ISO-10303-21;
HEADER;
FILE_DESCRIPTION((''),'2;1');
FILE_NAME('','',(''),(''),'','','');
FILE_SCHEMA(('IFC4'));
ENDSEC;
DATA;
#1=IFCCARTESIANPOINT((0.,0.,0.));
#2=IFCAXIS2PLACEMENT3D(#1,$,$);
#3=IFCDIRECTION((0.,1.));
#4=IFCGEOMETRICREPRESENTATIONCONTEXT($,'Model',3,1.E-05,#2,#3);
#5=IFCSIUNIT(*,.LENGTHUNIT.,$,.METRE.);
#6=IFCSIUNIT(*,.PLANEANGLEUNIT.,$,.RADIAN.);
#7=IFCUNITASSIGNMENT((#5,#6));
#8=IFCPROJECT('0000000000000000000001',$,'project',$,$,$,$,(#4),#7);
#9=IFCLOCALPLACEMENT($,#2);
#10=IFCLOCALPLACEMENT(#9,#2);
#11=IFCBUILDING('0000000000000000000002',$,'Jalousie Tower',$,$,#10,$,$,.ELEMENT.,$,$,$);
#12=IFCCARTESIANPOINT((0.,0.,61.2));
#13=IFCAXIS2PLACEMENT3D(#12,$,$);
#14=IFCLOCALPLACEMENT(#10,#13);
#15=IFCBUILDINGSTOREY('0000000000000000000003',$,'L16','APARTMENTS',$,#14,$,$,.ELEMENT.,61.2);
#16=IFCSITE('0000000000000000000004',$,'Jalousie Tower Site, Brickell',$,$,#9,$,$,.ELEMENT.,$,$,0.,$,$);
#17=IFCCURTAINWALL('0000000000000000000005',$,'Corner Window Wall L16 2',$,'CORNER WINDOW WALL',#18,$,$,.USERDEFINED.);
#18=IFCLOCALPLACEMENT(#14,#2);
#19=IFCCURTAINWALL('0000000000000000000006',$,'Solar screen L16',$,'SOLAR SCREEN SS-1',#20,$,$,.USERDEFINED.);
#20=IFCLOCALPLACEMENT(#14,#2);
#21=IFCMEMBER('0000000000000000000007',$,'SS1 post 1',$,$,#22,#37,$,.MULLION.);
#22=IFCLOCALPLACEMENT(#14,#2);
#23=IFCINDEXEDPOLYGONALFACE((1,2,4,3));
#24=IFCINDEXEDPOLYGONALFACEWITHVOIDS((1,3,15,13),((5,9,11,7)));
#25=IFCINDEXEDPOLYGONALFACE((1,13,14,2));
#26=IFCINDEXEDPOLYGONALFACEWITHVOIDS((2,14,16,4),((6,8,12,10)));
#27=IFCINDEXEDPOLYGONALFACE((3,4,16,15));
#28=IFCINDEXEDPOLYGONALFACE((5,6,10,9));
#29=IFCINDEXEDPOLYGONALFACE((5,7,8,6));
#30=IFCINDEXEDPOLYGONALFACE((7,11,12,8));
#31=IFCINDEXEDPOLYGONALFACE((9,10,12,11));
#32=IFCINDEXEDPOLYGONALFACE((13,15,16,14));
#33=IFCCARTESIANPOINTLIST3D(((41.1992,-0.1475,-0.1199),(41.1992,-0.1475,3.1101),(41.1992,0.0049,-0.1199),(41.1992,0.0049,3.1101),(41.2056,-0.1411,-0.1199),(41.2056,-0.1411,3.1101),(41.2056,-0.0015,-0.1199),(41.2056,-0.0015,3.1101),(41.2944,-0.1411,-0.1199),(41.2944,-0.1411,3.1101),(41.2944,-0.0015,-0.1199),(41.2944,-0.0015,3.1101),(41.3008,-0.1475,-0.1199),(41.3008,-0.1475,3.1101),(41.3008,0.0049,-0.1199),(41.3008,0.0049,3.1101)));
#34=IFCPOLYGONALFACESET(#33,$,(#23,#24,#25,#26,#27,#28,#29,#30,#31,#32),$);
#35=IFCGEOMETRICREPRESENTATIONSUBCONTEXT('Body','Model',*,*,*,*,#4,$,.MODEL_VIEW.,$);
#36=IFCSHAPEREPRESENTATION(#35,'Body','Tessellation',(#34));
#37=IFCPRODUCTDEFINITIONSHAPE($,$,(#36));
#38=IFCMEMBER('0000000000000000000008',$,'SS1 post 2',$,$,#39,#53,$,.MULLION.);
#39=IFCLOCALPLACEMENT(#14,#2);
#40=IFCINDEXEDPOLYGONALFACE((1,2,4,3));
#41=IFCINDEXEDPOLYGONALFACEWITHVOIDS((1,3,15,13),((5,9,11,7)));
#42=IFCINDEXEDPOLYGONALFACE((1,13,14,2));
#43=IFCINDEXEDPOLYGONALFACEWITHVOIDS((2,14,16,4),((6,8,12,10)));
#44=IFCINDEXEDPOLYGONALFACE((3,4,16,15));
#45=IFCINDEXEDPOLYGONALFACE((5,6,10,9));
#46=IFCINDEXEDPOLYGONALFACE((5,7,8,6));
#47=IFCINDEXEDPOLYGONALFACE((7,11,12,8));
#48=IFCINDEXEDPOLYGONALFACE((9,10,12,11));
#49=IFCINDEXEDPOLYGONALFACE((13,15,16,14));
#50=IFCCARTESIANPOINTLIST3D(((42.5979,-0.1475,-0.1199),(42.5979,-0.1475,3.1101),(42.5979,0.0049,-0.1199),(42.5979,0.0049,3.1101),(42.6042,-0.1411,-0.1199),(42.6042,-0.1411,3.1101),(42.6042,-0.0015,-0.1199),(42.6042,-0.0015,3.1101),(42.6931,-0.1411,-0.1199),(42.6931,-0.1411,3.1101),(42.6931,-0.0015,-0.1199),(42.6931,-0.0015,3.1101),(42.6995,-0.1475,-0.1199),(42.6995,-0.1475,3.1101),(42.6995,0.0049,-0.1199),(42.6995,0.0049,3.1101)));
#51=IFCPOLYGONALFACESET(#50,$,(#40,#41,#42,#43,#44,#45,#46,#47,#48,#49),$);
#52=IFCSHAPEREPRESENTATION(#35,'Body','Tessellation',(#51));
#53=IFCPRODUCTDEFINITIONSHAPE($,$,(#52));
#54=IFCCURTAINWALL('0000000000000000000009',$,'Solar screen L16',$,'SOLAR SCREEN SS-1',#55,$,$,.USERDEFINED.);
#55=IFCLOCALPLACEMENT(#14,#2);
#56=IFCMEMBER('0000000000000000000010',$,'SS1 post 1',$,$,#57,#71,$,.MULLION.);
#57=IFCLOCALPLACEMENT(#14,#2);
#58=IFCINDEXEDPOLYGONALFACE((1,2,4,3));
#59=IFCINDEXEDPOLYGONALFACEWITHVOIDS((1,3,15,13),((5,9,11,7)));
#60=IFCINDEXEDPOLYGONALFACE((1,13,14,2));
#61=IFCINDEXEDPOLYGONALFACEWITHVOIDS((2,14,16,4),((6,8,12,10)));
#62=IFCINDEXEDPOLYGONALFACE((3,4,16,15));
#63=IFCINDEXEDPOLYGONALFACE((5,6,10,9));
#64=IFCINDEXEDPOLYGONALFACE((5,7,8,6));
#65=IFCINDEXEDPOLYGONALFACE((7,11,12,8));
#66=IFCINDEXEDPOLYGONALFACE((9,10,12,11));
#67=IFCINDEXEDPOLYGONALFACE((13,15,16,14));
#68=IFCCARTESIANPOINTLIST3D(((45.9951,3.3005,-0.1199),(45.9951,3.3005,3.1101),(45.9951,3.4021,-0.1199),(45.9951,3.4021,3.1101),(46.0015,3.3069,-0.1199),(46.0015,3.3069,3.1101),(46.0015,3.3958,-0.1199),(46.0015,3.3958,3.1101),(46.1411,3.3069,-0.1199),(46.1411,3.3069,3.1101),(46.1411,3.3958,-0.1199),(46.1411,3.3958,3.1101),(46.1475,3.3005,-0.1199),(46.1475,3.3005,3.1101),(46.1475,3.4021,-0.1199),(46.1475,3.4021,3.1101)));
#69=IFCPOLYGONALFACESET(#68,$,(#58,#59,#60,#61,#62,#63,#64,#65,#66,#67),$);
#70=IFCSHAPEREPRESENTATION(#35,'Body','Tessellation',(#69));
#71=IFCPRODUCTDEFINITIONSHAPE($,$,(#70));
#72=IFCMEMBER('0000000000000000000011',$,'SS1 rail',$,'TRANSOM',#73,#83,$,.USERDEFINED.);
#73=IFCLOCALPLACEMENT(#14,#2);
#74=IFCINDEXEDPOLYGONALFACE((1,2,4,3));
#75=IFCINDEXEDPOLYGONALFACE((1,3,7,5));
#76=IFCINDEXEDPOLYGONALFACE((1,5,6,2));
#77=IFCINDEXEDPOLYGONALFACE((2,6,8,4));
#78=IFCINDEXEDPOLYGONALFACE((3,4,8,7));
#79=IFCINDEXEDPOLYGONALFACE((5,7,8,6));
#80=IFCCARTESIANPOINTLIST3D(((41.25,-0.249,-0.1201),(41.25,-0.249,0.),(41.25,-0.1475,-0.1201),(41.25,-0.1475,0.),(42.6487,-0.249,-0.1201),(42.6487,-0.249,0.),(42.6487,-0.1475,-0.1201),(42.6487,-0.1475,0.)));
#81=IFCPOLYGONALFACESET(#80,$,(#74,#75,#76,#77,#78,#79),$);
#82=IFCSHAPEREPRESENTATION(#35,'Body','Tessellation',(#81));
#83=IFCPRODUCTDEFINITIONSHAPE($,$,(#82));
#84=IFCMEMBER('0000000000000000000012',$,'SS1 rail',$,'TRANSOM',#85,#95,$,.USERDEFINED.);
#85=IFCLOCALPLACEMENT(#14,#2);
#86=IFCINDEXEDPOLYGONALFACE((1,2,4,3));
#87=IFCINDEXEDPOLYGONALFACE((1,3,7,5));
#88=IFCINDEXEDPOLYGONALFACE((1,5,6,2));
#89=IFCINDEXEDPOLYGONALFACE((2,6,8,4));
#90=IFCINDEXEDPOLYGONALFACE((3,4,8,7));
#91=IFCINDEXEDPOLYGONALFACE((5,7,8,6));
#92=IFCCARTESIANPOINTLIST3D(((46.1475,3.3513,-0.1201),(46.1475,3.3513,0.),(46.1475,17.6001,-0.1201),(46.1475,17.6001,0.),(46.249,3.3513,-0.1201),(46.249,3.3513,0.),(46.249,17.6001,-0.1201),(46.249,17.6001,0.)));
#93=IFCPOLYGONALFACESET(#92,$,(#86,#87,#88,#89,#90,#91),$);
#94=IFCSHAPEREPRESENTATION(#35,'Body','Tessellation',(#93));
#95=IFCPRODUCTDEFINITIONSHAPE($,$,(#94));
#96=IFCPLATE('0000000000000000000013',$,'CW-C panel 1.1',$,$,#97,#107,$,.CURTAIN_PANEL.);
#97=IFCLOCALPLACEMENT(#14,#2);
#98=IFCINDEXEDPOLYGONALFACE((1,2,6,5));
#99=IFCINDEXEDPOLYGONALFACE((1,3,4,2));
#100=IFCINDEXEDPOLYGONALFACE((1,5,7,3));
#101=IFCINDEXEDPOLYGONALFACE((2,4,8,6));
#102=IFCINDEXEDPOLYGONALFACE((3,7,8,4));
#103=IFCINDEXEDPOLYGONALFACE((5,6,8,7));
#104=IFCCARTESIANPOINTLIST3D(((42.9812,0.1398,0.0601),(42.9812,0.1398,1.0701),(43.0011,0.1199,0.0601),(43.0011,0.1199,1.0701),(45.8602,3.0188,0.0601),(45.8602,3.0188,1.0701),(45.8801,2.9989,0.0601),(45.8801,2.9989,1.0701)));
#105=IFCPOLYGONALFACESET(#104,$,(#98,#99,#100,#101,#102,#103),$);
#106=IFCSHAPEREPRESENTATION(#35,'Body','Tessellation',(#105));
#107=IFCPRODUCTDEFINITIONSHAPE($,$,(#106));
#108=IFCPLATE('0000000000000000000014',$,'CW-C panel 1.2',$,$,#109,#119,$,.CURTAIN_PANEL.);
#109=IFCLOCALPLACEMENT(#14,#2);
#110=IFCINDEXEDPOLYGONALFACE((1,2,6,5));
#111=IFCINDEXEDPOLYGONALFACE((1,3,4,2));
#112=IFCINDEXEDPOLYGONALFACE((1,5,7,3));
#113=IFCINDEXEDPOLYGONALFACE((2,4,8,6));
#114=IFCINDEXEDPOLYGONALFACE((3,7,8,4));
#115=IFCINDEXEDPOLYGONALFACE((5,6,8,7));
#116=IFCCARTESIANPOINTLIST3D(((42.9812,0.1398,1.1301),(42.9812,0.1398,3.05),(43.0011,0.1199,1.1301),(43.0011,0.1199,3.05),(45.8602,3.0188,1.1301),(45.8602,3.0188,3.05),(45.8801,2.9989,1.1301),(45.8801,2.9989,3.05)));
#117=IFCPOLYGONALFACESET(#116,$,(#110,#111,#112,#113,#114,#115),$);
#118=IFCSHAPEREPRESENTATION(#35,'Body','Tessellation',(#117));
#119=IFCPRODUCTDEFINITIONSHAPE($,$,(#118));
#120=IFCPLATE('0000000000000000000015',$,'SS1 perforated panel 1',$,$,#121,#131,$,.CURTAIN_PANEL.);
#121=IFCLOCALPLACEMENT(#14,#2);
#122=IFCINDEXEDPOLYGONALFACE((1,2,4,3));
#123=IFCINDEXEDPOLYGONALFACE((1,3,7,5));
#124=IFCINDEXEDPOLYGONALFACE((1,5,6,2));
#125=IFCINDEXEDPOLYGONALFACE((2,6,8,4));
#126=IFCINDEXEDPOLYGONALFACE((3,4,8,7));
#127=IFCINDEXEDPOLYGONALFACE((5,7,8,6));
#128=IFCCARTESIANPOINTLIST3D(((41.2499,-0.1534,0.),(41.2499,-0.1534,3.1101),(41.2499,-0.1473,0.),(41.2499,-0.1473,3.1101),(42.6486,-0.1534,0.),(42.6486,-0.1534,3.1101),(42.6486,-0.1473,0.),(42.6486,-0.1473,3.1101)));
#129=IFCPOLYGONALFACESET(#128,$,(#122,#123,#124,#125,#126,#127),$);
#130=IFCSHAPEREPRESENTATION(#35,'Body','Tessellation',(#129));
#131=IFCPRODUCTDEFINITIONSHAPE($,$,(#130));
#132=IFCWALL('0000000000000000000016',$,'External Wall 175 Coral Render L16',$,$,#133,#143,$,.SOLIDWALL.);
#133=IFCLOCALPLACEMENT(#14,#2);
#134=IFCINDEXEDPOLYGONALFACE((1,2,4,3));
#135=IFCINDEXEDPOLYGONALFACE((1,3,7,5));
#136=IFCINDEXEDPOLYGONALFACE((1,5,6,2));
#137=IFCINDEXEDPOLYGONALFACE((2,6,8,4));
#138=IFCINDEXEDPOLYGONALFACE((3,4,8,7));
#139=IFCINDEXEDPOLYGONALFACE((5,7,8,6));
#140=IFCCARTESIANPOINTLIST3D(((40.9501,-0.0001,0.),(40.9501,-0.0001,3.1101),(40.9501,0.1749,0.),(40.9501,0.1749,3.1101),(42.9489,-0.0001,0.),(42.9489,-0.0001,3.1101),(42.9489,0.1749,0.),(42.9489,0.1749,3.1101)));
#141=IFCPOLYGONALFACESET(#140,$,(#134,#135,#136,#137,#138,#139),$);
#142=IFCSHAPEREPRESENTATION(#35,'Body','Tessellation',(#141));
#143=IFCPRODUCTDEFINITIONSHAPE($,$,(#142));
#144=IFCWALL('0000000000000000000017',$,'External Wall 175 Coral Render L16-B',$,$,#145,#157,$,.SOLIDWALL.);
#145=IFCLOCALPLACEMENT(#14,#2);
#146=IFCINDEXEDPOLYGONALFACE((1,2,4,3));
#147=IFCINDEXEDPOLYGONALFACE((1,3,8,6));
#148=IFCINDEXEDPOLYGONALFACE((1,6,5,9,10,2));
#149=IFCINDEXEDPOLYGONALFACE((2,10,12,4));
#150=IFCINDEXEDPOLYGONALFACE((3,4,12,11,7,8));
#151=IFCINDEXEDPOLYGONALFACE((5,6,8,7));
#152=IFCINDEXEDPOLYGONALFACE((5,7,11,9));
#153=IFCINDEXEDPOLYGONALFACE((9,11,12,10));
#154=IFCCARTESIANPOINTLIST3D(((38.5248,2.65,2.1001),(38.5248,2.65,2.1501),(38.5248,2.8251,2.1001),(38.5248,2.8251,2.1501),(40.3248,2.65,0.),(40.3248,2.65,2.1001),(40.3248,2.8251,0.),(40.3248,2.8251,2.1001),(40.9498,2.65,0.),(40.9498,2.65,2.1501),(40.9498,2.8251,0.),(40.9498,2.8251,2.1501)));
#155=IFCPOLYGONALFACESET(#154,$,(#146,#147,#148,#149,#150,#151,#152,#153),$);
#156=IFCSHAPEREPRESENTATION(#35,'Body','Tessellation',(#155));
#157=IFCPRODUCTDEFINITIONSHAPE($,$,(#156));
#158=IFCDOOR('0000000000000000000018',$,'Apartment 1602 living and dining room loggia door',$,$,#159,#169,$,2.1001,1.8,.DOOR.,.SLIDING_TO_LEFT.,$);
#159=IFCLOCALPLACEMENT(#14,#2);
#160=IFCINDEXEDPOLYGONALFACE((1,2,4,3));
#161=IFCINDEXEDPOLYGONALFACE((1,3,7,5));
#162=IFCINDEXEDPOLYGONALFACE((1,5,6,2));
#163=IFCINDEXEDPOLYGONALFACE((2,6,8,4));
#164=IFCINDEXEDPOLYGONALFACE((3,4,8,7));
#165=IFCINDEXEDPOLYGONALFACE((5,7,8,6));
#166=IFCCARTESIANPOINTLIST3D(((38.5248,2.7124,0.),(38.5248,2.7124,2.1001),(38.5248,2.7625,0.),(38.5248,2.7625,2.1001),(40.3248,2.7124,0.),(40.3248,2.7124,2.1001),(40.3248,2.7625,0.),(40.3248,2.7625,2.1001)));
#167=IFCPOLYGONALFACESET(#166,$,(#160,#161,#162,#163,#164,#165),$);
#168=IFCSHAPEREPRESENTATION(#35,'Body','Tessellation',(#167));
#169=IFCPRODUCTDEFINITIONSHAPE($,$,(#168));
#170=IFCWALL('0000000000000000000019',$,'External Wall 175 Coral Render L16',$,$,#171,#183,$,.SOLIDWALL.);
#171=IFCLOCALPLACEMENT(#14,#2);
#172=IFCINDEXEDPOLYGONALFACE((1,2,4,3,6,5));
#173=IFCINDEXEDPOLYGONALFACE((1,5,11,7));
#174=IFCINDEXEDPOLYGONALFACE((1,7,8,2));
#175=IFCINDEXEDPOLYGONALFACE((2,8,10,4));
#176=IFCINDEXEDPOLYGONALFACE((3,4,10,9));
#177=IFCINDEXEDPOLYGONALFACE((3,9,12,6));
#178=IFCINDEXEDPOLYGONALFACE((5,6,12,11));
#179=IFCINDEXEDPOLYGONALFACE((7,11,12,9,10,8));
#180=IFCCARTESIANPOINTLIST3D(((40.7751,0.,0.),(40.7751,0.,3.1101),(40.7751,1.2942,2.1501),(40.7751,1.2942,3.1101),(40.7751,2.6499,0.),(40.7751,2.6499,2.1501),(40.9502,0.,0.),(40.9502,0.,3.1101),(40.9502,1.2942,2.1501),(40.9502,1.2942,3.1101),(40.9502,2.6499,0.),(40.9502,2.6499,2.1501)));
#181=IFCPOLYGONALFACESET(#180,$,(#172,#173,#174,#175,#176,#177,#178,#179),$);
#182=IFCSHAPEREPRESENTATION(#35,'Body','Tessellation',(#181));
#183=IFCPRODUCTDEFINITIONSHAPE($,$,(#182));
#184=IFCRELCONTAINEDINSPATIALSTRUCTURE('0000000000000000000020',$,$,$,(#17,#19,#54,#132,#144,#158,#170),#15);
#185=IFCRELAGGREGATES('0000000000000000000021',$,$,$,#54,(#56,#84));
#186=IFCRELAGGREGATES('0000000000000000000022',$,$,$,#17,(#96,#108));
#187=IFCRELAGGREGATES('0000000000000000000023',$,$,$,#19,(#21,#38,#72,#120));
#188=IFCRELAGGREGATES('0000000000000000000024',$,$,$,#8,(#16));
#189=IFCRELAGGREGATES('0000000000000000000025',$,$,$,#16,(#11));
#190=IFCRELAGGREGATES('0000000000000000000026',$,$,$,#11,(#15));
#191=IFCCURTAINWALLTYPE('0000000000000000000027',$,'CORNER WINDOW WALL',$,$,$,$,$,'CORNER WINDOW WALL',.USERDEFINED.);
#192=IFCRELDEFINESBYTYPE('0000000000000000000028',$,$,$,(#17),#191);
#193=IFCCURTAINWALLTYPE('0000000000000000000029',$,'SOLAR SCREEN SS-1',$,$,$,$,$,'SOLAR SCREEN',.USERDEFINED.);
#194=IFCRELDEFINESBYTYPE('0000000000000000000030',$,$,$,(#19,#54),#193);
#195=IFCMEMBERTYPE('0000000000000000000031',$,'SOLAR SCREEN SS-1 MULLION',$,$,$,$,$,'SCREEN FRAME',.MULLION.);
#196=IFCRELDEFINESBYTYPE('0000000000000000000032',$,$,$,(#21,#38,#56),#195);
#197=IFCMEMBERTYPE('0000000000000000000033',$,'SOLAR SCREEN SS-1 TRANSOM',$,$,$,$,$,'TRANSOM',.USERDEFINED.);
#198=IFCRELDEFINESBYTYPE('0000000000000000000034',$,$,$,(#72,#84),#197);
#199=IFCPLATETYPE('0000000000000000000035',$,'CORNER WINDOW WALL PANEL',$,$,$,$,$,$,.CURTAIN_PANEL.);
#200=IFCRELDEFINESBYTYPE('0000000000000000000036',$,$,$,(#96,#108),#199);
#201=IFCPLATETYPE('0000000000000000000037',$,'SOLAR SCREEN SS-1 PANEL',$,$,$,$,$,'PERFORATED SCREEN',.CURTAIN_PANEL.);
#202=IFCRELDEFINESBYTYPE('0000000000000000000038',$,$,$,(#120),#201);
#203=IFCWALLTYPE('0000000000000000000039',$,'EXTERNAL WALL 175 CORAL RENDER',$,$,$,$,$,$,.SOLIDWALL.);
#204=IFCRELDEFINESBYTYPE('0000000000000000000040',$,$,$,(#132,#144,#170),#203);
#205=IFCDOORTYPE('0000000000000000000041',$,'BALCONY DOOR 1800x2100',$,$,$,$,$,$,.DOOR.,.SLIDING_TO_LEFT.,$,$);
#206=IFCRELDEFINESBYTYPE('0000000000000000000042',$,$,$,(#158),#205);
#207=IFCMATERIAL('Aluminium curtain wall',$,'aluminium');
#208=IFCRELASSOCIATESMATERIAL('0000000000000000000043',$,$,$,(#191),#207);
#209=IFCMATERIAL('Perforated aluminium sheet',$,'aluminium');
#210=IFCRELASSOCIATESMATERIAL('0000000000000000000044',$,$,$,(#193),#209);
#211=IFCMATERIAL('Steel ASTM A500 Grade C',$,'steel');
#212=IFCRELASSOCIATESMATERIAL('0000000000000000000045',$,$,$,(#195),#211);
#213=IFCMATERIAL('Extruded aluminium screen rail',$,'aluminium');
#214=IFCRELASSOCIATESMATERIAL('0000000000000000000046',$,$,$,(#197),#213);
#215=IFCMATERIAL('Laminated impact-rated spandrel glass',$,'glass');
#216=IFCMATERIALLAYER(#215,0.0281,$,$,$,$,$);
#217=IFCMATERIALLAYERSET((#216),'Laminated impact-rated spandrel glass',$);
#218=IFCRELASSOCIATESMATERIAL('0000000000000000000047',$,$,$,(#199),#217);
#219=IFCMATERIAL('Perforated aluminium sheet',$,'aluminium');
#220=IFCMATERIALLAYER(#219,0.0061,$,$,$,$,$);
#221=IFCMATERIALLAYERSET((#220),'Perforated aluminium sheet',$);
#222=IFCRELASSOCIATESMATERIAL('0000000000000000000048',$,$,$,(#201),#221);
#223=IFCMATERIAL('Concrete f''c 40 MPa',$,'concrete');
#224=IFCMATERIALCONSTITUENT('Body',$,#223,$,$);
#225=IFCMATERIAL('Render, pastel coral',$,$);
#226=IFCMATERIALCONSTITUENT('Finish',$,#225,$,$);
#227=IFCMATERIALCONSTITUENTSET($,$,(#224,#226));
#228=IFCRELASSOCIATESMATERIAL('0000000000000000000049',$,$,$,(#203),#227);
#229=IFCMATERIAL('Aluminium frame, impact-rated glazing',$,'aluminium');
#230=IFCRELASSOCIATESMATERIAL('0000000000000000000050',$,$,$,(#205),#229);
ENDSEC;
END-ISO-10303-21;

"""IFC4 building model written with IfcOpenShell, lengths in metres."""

from ifc_helpers import new_model, si_unit, direction, frame, frame_2d, origin, origin_2d, place, context, subcontext, project, spatial, polyline, rectangle, hollow_rectangle, outline, extrude, material, layer, layer_set, constituent, constituent_set, material_profile, profile_set, type_object, element, fill, aggregate, save


model = new_model("IFC4")

# Units and contexts
model_context = context("Model", 3, precision=1e-05, world=origin(), true_north=direction((0.0, 1.0)))
body_context = subcontext(model_context, "Body", "Model", "MODEL_VIEW")
ifc_project = project(units=[si_unit("LENGTHUNIT", "METRE"), si_unit("PLANEANGLEUNIT", "RADIAN")], contexts=[model_context])

# Site, building, storey
site_placement = place(None, origin())
site = spatial("IfcSite", under=ifc_project, at=site_placement, Name="Jalousie Tower Site, Brickell", CompositionType="ELEMENT", RefElevation=0.0)
building_placement = place(site_placement, origin())
building = spatial("IfcBuilding", under=site, at=building_placement, Name="Jalousie Tower", CompositionType="ELEMENT")
storey_placement = place(building_placement, frame((0.0, 0.0, 61.2)))
storey = spatial("IfcBuildingStorey", under=building, at=storey_placement, Name="L16", Description="APARTMENTS", CompositionType="ELEMENT", Elevation=61.2)

# Curtain wall
ifc_material_1 = material(Name="Aluminium curtain wall", Category="aluminium")
curtain_wall_type_1 = type_object("IfcCurtainWallType", Name="CORNER WINDOW WALL", ElementType="CORNER WINDOW WALL", PredefinedType="USERDEFINED", material=ifc_material_1)
curtain_wall_1_placement = place(storey_placement, origin())
curtain_wall_1 = element("IfcCurtainWall", 1, at=curtain_wall_1_placement, inside=storey, type_object=curtain_wall_type_1, Name="Corner Window Wall L16 2", ObjectType="CORNER WINDOW WALL", PredefinedType="USERDEFINED")

# Curtain wall, members
ifc_material_2 = material(Name="Perforated aluminium sheet", Category="aluminium")
curtain_wall_type_2 = type_object("IfcCurtainWallType", Name="SOLAR SCREEN SS-1", ElementType="SOLAR SCREEN", PredefinedType="USERDEFINED", material=ifc_material_2)
curtain_wall_2_placement = place(storey_placement, origin())
curtain_wall_2 = element("IfcCurtainWall", 2, at=curtain_wall_2_placement, inside=storey, type_object=curtain_wall_type_2, Name="Solar screen L16", ObjectType="SOLAR SCREEN SS-1", PredefinedType="USERDEFINED")
ifc_material_3 = material(Name="Steel ASTM A500 Grade C", Category="steel")
ifc_material_profile_1 = material_profile(ifc_material_3, hollow_rectangle(XDim=0.1016, YDim=0.1523, WallThickness=0.0063, at=origin_2d()), Name="HSS6X4X1/4")
ifc_profile_set_1 = profile_set([ifc_material_profile_1], Name="Steel ASTM A500 Grade C")
member_type_1 = type_object("IfcMemberType", Name="SOLAR SCREEN SS-1 MULLION", ElementType="SCREEN FRAME", PredefinedType="MULLION", material=ifc_profile_set_1)
member_1_placement = place(storey_placement, frame((41.25, -0.0713, -0.1199), z_axis=(0.0, 0.0, 1.0), x_axis=(1.0, 0.0, 0.0)))
member_1 = element("IfcMember", 3, at=member_1_placement, type_object=member_type_1, Name="SS1 post 1", PredefinedType="MULLION", context=body_context, shape_type="SweptSolid", body=[
    extrude(hollow_rectangle(XDim=0.1016, YDim=0.1523, WallThickness=0.0063, at=origin_2d()), origin(), (0.0, 0.0, 1.0), 3.23),
])
member_2_placement = place(storey_placement, frame((42.6487, -0.0713, -0.1199), z_axis=(0.0, 0.0, 1.0), x_axis=(1.0, 0.0, 0.0)))
member_2 = element("IfcMember", 4, at=member_2_placement, type_object=member_type_1, Name="SS1 post 2", PredefinedType="MULLION", context=body_context, shape_type="SweptSolid", body=[
    extrude(hollow_rectangle(XDim=0.1016, YDim=0.1523, WallThickness=0.0063, at=origin_2d()), origin(), (0.0, 0.0, 1.0), 3.23),
])

# Curtain wall, member
curtain_wall_3_placement = place(storey_placement, origin())
curtain_wall_3 = element("IfcCurtainWall", 5, at=curtain_wall_3_placement, inside=storey, type_object=curtain_wall_type_2, Name="Solar screen L16", ObjectType="SOLAR SCREEN SS-1", PredefinedType="USERDEFINED")
member_3_placement = place(storey_placement, frame((46.0713, 3.3513, -0.1199), z_axis=(0.0, 0.0, 1.0), x_axis=(0.0, 1.0, 0.0)))
member_3 = element("IfcMember", 6, at=member_3_placement, type_object=member_type_1, Name="SS1 post 1", PredefinedType="MULLION", context=body_context, shape_type="SweptSolid", body=[
    extrude(hollow_rectangle(XDim=0.1016, YDim=0.1523, WallThickness=0.0063, at=origin_2d()), origin(), (0.0, 0.0, 1.0), 3.23),
])

# Members
ifc_material_4 = material(Name="Extruded aluminium screen rail", Category="aluminium")
ifc_material_profile_2 = material_profile(ifc_material_4, rectangle(XDim=0.1016, YDim=0.1201, at=origin_2d()), Name="RAIL 102x120")
ifc_profile_set_2 = profile_set([ifc_material_profile_2], Name="Extruded aluminium screen rail")
member_type_2 = type_object("IfcMemberType", Name="SOLAR SCREEN SS-1 TRANSOM", ElementType="TRANSOM", PredefinedType="USERDEFINED", material=ifc_profile_set_2)
member_4_placement = place(storey_placement, frame((41.25, -0.1982, -0.0601), z_axis=(1.0, 0.0, 0.0), x_axis=(0.0, 1.0, 0.0)))
member_4 = element("IfcMember", 7, at=member_4_placement, type_object=member_type_2, Name="SS1 rail", ObjectType="TRANSOM", PredefinedType="USERDEFINED", context=body_context, shape_type="SweptSolid", body=[
    extrude(rectangle(XDim=0.1016, YDim=0.1201, at=origin_2d()), origin(), (0.0, 0.0, 1.0), 1.3987),
])
member_5_placement = place(storey_placement, frame((46.1982, 3.3513, -0.0601), z_axis=(0.0, 1.0, 0.0), x_axis=(-1.0, 0.0, 0.0)))
member_5 = element("IfcMember", 8, at=member_5_placement, type_object=member_type_2, Name="SS1 rail", ObjectType="TRANSOM", PredefinedType="USERDEFINED", context=body_context, shape_type="SweptSolid", body=[
    extrude(rectangle(XDim=0.1016, YDim=0.1201, at=origin_2d()), origin(), (0.0, 0.0, 1.0), 14.2488),
])
aggregate(curtain_wall_3, [member_3, member_5])

# Plates
ifc_material_5 = material(Name="Laminated impact-rated spandrel glass", Category="glass")
ifc_layer_1 = layer(ifc_material_5, 0.0281)
ifc_layer_set_1 = layer_set([ifc_layer_1], Name="Laminated impact-rated spandrel glass")
plate_type_1 = type_object("IfcPlateType", Name="CORNER WINDOW WALL PANEL", PredefinedType="CURTAIN_PANEL", material=ifc_layer_set_1)
plate_1_placement = place(storey_placement, frame((44.4307, 1.5693, 0.0601), z_axis=(0.0, 0.0, 1.0), x_axis=(0.707107, 0.707107, 0.0)))
plate_1 = element("IfcPlate", 9, at=plate_1_placement, type_object=plate_type_1, Name="CW-C panel 1.1", PredefinedType="CURTAIN_PANEL", context=body_context, shape_type="SweptSolid", body=[
    extrude(rectangle(XDim=4.0715, YDim=0.0281, at=origin_2d()), origin(), (0.0, 0.0, 1.0), 1.01),
])
plate_2_placement = place(storey_placement, frame((44.4307, 1.5693, 1.1301), z_axis=(0.0, 0.0, 1.0), x_axis=(0.707107, 0.707107, 0.0)))
plate_2 = element("IfcPlate", 10, at=plate_2_placement, type_object=plate_type_1, Name="CW-C panel 1.2", PredefinedType="CURTAIN_PANEL", context=body_context, shape_type="SweptSolid", body=[
    extrude(rectangle(XDim=4.0715, YDim=0.0281, at=origin_2d()), origin(), (0.0, 0.0, 1.0), 1.9199),
])
aggregate(curtain_wall_1, [plate_1, plate_2])
ifc_material_6 = material(Name="Perforated aluminium sheet", Category="aluminium")
ifc_layer_2 = layer(ifc_material_6, 0.0061)
ifc_layer_set_2 = layer_set([ifc_layer_2], Name="Perforated aluminium sheet")
plate_type_2 = type_object("IfcPlateType", Name="SOLAR SCREEN SS-1 PANEL", ElementType="PERFORATED SCREEN", PredefinedType="CURTAIN_PANEL", material=ifc_layer_set_2)
plate_3_placement = place(storey_placement, frame((41.9492, -0.1504, 0.0), z_axis=(0.0, 0.0, 1.0), x_axis=(1.0, 0.0, 0.0)))
plate_3 = element("IfcPlate", 11, at=plate_3_placement, type_object=plate_type_2, Name="SS1 perforated panel 1", PredefinedType="CURTAIN_PANEL", context=body_context, shape_type="SweptSolid", body=[
    extrude(rectangle(XDim=1.3987, YDim=0.0061, at=origin_2d()), origin(), (0.0, 0.0, 1.0), 3.1101),
])
aggregate(curtain_wall_2, [member_1, member_2, member_4, plate_3])

# Wall
ifc_material_7 = material(Name="Concrete f'c 40 MPa", Category="concrete")
ifc_constituent_1 = constituent(ifc_material_7, Name="Body")
ifc_material_8 = material(Name="Render, pastel coral")
ifc_constituent_2 = constituent(ifc_material_8, Name="Finish")
ifc_constituent_set = constituent_set(constituents=[ifc_constituent_1, ifc_constituent_2])
wall_type = type_object("IfcWallType", Name="EXTERNAL WALL 175 CORAL RENDER", PredefinedType="SOLIDWALL", material=ifc_constituent_set)
wall_1_placement = place(storey_placement, frame((40.95, 0.0874, 0.0), z_axis=(0.0, 0.0, 1.0), x_axis=(1.0, 0.0, 0.0)))
element("IfcWall", 12, at=wall_1_placement, inside=storey, type_object=wall_type, Name="External Wall 175 Coral Render L16", PredefinedType="SOLIDWALL", context=body_context, shape_type="SweptSolid", body=[
    extrude(rectangle(XDim=1.9988, YDim=0.175, at=frame_2d((0.9995, 0.0))), origin(), (0.0, 0.0, 1.0), 3.1101),
])

# Wall, opening, door
wall_2_placement = place(storey_placement, frame((38.5249, 2.7375, 0.0), z_axis=(0.0, 0.0, 1.0), x_axis=(1.0, 0.0, 0.0)))
wall_2 = element("IfcWall", 13, at=wall_2_placement, inside=storey, type_object=wall_type, Name="External Wall 175 Coral Render L16-B", PredefinedType="SOLIDWALL", context=body_context, shape_type="SweptSolid", body=[
    extrude(rectangle(XDim=2.425, YDim=0.175, at=frame_2d((1.2124, 0.0))), origin(), (0.0, 0.0, 1.0), 2.1501),
])
opening_1_placement = place(wall_2_placement, origin())
opening_1 = element("IfcOpeningElement", 14, at=opening_1_placement, cuts=wall_2, PredefinedType="OPENING", context=body_context, shape_type="SweptSolid", body=[
    extrude(rectangle(XDim=1.8, YDim=2.1001, at=frame_2d((0.8999, 1.05))), frame((0.0, 0.0974, 0.0), z_axis=(0.0, -1.0, 0.0), x_axis=(1.0, 0.0, 0.0)), (0.0, 0.0, 1.0), 0.1951),
])
ifc_material_9 = material(Name="Aluminium frame, impact-rated glazing", Category="aluminium")
door_type = type_object("IfcDoorType", Name="BALCONY DOOR 1800x2100", OperationType="SLIDING_TO_LEFT", PredefinedType="DOOR", material=ifc_material_9)
door_placement = place(opening_1_placement, origin())
door = element("IfcDoor", 15, at=door_placement, inside=storey, type_object=door_type, Name="Apartment 1602 living and dining room loggia door", OperationType="SLIDING_TO_LEFT", OverallHeight=2.1001, OverallWidth=1.8, PredefinedType="DOOR", context=body_context, shape_type="SweptSolid", body=[
    extrude(rectangle(XDim=1.8, YDim=2.1001, at=frame_2d((0.8999, 1.05))), frame((0.0, 0.0249, 0.0), z_axis=(0.0, -1.0, 0.0), x_axis=(1.0, 0.0, 0.0)), (0.0, 0.0, 1.0), 0.05),
])
fill(opening_1, door)

# Wall
wall_3_placement = place(storey_placement, frame((40.8625, 0.0, 0.0), z_axis=(0.0, 0.0, 1.0), x_axis=(0.0, 1.0, 0.0)))
element("IfcWall", 16, at=wall_3_placement, inside=storey, type_object=wall_type, Name="External Wall 175 Coral Render L16", PredefinedType="SOLIDWALL", context=body_context, shape_type="SweptSolid", body=[
    extrude(outline(polyline([(0.0, 0.0), (2.6499, 0.0), (2.6499, 2.1501), (1.2942, 2.1501), (1.2942, 3.1101), (0.0, 3.1101), (0.0, 0.0)])), frame((0.0, 0.0874, 0.0), z_axis=(0.0, -1.0, 0.0), x_axis=(1.0, 0.0, 0.0)), (0.0, 0.0, 1.0), 0.175),
])

save(model, "model.ifc")
